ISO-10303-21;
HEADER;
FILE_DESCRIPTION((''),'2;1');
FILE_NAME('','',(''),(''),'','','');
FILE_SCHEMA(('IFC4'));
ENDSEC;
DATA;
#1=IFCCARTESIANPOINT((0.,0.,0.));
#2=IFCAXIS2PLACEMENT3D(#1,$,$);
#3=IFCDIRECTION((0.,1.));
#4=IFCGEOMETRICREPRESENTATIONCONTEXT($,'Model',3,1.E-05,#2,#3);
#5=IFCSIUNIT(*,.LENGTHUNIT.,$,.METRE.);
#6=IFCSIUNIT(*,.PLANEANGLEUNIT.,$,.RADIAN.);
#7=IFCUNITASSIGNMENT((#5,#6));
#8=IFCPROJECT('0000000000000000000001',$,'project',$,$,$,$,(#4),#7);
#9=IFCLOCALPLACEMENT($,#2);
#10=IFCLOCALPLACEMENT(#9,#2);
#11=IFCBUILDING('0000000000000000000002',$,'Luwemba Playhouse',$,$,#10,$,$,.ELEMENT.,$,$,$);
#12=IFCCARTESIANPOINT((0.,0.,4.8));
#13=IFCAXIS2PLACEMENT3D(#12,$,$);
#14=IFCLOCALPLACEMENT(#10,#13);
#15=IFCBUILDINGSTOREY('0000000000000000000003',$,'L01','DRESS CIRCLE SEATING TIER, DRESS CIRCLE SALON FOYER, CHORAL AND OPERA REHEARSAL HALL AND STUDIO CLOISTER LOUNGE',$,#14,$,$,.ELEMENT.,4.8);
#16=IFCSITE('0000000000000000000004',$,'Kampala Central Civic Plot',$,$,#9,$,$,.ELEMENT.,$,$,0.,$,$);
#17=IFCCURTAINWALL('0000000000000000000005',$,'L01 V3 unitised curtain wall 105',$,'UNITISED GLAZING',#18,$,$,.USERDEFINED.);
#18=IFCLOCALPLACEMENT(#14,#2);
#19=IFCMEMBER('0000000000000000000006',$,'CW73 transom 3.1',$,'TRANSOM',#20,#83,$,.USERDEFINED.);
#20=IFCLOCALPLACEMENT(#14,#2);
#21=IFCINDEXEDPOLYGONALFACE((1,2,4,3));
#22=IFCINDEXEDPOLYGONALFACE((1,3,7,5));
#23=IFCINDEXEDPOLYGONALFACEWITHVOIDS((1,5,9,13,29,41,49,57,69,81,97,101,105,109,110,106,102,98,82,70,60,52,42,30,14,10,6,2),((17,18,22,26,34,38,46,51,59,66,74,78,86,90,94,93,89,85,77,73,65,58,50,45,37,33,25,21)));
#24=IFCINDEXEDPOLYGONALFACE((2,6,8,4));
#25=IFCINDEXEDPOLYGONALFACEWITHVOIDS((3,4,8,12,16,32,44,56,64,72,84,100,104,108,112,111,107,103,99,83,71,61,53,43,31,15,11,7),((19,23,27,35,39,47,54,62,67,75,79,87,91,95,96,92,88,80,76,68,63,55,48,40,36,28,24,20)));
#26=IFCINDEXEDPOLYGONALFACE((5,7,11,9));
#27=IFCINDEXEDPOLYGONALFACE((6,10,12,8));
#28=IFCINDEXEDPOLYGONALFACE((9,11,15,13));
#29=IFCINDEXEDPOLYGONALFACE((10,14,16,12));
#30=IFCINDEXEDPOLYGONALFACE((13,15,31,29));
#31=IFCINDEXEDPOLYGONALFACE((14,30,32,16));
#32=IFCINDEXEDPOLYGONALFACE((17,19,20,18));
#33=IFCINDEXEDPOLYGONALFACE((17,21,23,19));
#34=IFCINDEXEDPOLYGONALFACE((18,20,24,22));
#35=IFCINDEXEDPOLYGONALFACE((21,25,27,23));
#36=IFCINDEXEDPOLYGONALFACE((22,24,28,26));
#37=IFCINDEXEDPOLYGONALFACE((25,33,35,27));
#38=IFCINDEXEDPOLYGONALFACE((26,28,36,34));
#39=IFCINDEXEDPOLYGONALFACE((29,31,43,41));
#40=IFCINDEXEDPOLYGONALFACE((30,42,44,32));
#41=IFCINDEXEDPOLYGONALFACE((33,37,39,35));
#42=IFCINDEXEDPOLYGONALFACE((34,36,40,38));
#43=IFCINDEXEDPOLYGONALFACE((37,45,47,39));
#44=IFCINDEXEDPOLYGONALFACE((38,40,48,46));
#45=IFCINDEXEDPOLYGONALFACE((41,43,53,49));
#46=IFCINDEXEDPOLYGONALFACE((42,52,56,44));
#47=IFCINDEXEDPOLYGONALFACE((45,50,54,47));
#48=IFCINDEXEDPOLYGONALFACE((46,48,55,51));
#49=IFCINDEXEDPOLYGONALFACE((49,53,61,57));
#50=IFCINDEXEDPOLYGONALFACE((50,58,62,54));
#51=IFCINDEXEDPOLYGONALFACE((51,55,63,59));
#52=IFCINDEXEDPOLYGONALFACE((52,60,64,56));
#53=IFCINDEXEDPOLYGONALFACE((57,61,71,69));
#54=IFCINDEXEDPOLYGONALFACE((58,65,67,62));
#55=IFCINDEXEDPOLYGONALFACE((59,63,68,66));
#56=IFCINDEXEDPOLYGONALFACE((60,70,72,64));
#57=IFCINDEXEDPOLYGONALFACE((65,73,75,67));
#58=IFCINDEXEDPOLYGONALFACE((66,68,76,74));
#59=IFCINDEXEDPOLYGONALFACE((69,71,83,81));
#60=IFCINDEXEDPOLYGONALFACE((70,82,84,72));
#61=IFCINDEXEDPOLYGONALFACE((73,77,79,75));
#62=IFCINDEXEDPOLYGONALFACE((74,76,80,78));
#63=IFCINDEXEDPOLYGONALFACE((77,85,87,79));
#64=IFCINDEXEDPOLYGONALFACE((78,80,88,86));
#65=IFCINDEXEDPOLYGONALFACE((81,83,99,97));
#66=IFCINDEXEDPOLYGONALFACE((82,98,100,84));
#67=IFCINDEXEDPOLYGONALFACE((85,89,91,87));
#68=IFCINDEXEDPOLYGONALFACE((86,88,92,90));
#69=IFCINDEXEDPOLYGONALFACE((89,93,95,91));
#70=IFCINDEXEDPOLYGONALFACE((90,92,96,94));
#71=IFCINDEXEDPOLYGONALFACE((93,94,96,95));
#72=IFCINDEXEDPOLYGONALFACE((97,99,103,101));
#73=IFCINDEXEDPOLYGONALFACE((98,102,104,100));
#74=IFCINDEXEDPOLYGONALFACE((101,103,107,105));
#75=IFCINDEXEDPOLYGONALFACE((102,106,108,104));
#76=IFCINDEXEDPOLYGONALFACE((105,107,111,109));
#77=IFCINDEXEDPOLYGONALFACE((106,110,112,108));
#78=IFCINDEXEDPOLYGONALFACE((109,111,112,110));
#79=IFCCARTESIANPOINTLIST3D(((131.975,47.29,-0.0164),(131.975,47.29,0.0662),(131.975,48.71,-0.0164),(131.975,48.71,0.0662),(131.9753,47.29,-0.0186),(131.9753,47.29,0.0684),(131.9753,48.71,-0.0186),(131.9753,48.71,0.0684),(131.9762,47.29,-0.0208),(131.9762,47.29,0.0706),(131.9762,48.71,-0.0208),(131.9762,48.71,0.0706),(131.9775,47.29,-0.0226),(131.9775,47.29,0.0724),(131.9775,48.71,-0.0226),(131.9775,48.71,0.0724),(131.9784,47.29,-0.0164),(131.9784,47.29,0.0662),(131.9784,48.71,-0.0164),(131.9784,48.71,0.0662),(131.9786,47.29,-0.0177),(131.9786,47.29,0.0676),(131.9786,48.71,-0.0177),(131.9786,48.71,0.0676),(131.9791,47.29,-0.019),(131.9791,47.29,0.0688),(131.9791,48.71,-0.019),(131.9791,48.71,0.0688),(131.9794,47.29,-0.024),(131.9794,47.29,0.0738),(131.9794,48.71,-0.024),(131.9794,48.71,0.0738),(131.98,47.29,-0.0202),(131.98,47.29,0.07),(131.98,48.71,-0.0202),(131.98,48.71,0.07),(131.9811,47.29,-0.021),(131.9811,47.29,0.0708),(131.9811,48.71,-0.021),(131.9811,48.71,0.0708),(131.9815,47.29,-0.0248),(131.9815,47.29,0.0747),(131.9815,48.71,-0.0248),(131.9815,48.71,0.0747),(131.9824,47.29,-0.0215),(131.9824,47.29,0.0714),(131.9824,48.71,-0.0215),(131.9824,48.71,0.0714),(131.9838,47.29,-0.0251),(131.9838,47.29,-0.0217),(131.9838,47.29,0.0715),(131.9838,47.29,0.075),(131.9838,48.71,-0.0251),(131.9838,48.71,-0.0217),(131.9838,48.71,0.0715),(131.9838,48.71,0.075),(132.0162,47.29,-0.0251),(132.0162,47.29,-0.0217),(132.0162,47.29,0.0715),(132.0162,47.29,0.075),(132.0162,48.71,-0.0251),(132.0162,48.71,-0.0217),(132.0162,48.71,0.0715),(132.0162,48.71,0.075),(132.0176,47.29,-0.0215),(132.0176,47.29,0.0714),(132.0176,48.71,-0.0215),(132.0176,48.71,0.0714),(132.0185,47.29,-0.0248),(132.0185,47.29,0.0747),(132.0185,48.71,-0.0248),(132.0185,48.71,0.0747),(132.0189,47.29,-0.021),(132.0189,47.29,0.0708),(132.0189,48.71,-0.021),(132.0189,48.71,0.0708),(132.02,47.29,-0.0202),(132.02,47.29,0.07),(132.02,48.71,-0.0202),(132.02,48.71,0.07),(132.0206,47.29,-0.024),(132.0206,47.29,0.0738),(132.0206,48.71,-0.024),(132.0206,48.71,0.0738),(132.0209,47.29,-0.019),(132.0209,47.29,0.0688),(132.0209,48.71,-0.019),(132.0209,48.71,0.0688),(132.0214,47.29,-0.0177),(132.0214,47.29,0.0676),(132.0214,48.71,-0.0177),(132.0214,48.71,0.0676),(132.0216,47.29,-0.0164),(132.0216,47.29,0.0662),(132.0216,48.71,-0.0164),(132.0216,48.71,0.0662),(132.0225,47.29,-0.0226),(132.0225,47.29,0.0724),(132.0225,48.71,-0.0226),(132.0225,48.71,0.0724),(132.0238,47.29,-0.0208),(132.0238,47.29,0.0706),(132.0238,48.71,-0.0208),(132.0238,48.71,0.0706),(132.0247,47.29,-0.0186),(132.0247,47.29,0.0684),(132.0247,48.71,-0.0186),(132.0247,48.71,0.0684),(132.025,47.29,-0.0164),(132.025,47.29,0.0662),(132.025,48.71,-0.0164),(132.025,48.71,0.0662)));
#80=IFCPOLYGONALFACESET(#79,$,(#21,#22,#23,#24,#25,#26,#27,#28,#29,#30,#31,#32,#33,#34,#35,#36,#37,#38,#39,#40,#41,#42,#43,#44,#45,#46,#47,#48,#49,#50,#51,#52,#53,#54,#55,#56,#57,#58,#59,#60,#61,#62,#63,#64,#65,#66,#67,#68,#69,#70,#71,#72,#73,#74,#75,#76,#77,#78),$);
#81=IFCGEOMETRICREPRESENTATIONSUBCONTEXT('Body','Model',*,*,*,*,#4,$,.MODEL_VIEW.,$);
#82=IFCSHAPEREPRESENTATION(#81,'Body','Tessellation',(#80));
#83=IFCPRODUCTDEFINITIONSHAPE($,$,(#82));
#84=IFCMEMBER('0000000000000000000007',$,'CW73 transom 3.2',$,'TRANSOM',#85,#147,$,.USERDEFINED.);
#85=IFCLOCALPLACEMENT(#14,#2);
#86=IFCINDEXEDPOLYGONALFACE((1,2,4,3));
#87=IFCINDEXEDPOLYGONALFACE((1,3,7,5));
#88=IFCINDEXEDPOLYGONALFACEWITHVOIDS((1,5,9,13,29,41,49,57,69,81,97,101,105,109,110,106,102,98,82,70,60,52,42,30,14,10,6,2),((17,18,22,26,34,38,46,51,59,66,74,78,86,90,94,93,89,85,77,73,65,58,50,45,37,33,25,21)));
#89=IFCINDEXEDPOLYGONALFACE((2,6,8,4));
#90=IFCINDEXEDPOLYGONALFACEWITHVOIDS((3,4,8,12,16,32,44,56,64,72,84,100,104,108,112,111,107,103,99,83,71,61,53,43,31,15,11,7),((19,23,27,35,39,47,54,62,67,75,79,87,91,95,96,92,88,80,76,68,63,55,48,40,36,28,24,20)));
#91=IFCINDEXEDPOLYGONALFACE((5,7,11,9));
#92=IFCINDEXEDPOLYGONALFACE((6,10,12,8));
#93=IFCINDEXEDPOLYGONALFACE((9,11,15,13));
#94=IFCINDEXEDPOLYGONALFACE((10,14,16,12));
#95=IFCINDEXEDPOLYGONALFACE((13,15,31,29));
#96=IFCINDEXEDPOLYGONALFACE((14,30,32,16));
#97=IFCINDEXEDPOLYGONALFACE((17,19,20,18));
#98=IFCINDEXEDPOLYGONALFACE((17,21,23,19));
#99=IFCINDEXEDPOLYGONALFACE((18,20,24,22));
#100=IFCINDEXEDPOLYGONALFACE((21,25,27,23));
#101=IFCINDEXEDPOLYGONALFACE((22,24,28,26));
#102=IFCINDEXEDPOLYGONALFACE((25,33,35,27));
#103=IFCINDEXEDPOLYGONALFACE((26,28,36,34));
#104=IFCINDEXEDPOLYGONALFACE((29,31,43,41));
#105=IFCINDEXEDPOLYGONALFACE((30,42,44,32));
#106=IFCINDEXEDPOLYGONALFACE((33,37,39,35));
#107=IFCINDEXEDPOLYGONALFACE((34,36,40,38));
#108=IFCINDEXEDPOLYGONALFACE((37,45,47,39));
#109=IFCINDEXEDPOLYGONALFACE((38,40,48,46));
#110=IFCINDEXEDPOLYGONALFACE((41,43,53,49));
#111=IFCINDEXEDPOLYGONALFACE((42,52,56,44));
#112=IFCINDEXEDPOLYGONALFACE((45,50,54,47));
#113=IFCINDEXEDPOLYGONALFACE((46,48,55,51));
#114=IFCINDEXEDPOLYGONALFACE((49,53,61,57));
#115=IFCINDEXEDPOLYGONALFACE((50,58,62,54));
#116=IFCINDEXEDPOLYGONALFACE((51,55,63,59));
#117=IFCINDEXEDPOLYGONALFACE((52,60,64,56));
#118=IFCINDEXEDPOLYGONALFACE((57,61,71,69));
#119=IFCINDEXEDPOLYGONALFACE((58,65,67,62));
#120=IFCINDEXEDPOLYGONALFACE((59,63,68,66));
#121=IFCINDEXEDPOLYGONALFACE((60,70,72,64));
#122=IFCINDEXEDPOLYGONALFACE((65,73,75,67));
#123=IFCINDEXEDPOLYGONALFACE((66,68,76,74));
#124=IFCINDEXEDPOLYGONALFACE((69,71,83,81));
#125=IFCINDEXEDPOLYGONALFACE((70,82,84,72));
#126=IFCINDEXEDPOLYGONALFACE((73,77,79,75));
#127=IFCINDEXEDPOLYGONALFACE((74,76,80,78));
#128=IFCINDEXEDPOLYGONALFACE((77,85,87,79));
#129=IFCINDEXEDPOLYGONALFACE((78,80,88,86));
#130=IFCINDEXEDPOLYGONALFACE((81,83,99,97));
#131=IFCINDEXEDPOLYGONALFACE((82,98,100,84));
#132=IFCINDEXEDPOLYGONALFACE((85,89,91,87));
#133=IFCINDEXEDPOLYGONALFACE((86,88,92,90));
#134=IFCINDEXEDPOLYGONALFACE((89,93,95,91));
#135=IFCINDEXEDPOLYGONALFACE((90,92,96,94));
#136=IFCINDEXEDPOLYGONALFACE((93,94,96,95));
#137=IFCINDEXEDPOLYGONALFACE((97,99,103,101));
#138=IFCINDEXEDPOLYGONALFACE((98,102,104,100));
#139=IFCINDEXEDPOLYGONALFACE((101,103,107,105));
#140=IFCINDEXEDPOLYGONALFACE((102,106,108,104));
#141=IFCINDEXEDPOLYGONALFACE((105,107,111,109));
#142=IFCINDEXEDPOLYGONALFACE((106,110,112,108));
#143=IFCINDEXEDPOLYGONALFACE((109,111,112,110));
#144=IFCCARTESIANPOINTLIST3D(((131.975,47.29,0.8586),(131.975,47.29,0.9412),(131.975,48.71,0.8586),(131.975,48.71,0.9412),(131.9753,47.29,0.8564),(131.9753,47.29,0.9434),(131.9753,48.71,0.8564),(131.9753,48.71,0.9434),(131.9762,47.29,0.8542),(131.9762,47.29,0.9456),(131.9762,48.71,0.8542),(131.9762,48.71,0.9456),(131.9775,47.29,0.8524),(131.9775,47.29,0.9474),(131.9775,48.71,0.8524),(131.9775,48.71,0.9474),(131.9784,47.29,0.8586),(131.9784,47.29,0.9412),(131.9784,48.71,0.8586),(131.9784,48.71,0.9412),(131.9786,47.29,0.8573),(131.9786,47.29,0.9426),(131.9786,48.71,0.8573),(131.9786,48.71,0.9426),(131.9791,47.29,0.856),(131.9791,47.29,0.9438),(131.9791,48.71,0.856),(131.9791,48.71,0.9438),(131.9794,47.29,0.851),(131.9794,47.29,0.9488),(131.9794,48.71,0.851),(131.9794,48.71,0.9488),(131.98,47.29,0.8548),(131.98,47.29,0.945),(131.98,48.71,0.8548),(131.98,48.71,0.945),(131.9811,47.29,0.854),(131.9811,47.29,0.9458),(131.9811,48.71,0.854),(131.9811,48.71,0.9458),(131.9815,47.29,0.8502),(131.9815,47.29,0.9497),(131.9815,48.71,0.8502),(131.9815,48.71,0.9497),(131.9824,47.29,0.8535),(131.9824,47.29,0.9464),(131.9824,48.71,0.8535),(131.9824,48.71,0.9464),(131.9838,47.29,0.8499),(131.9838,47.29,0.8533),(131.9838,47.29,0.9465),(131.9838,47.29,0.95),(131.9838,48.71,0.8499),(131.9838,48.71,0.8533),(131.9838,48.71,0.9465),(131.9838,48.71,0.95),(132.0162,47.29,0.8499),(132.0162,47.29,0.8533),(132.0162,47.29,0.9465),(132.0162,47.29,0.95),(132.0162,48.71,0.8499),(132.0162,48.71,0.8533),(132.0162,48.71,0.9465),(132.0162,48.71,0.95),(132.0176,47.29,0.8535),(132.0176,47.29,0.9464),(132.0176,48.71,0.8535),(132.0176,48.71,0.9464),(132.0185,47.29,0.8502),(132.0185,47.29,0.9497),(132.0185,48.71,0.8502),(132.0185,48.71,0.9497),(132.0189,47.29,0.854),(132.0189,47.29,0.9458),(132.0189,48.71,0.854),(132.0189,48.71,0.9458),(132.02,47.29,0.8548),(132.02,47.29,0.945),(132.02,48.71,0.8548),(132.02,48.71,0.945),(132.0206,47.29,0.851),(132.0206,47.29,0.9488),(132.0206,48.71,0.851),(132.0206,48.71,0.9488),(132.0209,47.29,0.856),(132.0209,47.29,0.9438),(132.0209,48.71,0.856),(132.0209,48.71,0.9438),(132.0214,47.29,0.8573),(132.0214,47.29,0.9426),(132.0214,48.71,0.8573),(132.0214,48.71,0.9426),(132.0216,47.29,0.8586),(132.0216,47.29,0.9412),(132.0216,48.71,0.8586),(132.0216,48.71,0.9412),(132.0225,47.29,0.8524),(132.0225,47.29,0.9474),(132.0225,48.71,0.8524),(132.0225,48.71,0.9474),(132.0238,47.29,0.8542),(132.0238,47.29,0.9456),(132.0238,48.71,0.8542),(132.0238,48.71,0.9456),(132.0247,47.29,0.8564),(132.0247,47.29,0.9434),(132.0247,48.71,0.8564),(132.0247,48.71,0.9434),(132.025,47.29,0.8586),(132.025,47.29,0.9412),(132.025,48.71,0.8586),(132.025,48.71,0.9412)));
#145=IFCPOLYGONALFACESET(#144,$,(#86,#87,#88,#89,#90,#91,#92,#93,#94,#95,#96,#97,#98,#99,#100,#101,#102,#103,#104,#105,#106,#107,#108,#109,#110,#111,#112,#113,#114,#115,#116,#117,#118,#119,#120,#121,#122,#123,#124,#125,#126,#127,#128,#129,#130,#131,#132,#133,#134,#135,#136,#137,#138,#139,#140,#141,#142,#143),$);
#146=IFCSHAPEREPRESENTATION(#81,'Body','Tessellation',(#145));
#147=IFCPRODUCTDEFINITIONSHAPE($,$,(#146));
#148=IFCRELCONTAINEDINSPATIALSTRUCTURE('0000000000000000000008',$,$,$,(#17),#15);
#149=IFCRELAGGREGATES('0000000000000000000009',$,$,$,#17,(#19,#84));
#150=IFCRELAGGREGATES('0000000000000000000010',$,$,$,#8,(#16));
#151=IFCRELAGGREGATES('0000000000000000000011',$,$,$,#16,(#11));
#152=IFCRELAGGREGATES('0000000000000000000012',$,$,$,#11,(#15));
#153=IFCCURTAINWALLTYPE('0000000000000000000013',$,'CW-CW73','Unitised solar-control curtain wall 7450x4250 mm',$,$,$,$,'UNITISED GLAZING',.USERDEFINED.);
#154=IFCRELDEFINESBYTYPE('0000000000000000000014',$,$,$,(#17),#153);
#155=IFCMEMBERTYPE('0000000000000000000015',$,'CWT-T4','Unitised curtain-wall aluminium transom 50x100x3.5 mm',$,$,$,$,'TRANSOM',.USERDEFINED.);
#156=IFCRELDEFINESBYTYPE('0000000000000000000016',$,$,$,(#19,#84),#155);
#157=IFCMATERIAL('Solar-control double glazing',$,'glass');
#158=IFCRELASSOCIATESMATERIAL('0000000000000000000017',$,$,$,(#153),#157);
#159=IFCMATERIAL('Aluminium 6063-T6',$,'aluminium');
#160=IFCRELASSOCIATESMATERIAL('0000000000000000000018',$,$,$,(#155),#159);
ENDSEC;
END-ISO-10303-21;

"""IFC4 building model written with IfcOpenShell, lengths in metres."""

from ifc_helpers import new_model, si_unit, direction, frame, origin, origin_2d, place, context, subcontext, project, spatial, hollow_rectangle, extrude, material, material_profile, profile_set, type_object, element, aggregate, save


model = new_model("IFC4")

# Units and contexts
model_context = context("Model", 3, precision=1e-05, world=origin(), true_north=direction((0.0, 1.0)))
body_context = subcontext(model_context, "Body", "Model", "MODEL_VIEW")
ifc_project = project(units=[si_unit("LENGTHUNIT", "METRE"), si_unit("PLANEANGLEUNIT", "RADIAN")], contexts=[model_context])

# Site, building, storey
site_placement = place(None, origin())
site = spatial("IfcSite", under=ifc_project, at=site_placement, Name="Kampala Central Civic Plot", CompositionType="ELEMENT", RefElevation=0.0)
building_placement = place(site_placement, origin())
building = spatial("IfcBuilding", under=site, at=building_placement, Name="Luwemba Playhouse", CompositionType="ELEMENT")
storey_placement = place(building_placement, frame((0.0, 0.0, 4.8)))
storey = spatial("IfcBuildingStorey", under=building, at=storey_placement, Name="L01", Description="DRESS CIRCLE SEATING TIER, DRESS CIRCLE SALON FOYER, CHORAL AND OPERA REHEARSAL HALL AND STUDIO CLOISTER LOUNGE", CompositionType="ELEMENT", Elevation=4.8)

# Curtain wall, members
ifc_material_1 = material(Name="Solar-control double glazing", Category="glass")
curtain_wall_type = type_object("IfcCurtainWallType", Name="CW-CW73", Description="Unitised solar-control curtain wall 7450x4250 mm", ElementType="UNITISED GLAZING", PredefinedType="USERDEFINED", material=ifc_material_1)
curtain_wall_placement = place(storey_placement, origin())
curtain_wall = element("IfcCurtainWall", 1, at=curtain_wall_placement, inside=storey, type_object=curtain_wall_type, Name="L01 V3 unitised curtain wall 105", ObjectType="UNITISED GLAZING", PredefinedType="USERDEFINED")
ifc_material_2 = material(Name="Aluminium 6063-T6", Category="aluminium")
ifc_material_profile_1 = material_profile(ifc_material_2, hollow_rectangle(XDim=0.05, YDim=0.1001, WallThickness=0.0034, InnerFilletRadius=0.0054, OuterFilletRadius=0.0088, at=origin_2d()))
ifc_profile_set_1 = profile_set([ifc_material_profile_1], Name="Aluminium 6063-T6")
member_type_1 = type_object("IfcMemberType", Name="CWT-T4", Description="Unitised curtain-wall aluminium transom 50x100x3.5 mm", ElementType="TRANSOM", PredefinedType="USERDEFINED", material=ifc_profile_set_1)
member_1_placement = place(storey_placement, frame((132.0, 47.29, 0.0249), z_axis=(0.0, 1.0, 0.0), x_axis=(-1.0, 0.0, 0.0)))
member_1 = element("IfcMember", 2, at=member_1_placement, type_object=member_type_1, Name="CW73 transom 3.1", ObjectType="TRANSOM", PredefinedType="USERDEFINED", context=body_context, shape_type="SweptSolid", body=[
    extrude(hollow_rectangle(XDim=0.05, YDim=0.1001, WallThickness=0.0034, InnerFilletRadius=0.0054, OuterFilletRadius=0.0088, at=origin_2d()), origin(), (0.0, 0.0, 1.0), 1.4199),
])
member_2_placement = place(storey_placement, frame((132.0, 47.29, 0.8999), z_axis=(0.0, 1.0, 0.0), x_axis=(-1.0, 0.0, 0.0)))
member_2 = element("IfcMember", 3, at=member_2_placement, type_object=member_type_1, Name="CW73 transom 3.2", ObjectType="TRANSOM", PredefinedType="USERDEFINED", context=body_context, shape_type="SweptSolid", body=[
    extrude(hollow_rectangle(XDim=0.05, YDim=0.1001, WallThickness=0.0034, InnerFilletRadius=0.0054, OuterFilletRadius=0.0088, at=origin_2d()), origin(), (0.0, 0.0, 1.0), 1.4199),
])
aggregate(curtain_wall, [member_1, member_2])

save(model, "model.ifc")
